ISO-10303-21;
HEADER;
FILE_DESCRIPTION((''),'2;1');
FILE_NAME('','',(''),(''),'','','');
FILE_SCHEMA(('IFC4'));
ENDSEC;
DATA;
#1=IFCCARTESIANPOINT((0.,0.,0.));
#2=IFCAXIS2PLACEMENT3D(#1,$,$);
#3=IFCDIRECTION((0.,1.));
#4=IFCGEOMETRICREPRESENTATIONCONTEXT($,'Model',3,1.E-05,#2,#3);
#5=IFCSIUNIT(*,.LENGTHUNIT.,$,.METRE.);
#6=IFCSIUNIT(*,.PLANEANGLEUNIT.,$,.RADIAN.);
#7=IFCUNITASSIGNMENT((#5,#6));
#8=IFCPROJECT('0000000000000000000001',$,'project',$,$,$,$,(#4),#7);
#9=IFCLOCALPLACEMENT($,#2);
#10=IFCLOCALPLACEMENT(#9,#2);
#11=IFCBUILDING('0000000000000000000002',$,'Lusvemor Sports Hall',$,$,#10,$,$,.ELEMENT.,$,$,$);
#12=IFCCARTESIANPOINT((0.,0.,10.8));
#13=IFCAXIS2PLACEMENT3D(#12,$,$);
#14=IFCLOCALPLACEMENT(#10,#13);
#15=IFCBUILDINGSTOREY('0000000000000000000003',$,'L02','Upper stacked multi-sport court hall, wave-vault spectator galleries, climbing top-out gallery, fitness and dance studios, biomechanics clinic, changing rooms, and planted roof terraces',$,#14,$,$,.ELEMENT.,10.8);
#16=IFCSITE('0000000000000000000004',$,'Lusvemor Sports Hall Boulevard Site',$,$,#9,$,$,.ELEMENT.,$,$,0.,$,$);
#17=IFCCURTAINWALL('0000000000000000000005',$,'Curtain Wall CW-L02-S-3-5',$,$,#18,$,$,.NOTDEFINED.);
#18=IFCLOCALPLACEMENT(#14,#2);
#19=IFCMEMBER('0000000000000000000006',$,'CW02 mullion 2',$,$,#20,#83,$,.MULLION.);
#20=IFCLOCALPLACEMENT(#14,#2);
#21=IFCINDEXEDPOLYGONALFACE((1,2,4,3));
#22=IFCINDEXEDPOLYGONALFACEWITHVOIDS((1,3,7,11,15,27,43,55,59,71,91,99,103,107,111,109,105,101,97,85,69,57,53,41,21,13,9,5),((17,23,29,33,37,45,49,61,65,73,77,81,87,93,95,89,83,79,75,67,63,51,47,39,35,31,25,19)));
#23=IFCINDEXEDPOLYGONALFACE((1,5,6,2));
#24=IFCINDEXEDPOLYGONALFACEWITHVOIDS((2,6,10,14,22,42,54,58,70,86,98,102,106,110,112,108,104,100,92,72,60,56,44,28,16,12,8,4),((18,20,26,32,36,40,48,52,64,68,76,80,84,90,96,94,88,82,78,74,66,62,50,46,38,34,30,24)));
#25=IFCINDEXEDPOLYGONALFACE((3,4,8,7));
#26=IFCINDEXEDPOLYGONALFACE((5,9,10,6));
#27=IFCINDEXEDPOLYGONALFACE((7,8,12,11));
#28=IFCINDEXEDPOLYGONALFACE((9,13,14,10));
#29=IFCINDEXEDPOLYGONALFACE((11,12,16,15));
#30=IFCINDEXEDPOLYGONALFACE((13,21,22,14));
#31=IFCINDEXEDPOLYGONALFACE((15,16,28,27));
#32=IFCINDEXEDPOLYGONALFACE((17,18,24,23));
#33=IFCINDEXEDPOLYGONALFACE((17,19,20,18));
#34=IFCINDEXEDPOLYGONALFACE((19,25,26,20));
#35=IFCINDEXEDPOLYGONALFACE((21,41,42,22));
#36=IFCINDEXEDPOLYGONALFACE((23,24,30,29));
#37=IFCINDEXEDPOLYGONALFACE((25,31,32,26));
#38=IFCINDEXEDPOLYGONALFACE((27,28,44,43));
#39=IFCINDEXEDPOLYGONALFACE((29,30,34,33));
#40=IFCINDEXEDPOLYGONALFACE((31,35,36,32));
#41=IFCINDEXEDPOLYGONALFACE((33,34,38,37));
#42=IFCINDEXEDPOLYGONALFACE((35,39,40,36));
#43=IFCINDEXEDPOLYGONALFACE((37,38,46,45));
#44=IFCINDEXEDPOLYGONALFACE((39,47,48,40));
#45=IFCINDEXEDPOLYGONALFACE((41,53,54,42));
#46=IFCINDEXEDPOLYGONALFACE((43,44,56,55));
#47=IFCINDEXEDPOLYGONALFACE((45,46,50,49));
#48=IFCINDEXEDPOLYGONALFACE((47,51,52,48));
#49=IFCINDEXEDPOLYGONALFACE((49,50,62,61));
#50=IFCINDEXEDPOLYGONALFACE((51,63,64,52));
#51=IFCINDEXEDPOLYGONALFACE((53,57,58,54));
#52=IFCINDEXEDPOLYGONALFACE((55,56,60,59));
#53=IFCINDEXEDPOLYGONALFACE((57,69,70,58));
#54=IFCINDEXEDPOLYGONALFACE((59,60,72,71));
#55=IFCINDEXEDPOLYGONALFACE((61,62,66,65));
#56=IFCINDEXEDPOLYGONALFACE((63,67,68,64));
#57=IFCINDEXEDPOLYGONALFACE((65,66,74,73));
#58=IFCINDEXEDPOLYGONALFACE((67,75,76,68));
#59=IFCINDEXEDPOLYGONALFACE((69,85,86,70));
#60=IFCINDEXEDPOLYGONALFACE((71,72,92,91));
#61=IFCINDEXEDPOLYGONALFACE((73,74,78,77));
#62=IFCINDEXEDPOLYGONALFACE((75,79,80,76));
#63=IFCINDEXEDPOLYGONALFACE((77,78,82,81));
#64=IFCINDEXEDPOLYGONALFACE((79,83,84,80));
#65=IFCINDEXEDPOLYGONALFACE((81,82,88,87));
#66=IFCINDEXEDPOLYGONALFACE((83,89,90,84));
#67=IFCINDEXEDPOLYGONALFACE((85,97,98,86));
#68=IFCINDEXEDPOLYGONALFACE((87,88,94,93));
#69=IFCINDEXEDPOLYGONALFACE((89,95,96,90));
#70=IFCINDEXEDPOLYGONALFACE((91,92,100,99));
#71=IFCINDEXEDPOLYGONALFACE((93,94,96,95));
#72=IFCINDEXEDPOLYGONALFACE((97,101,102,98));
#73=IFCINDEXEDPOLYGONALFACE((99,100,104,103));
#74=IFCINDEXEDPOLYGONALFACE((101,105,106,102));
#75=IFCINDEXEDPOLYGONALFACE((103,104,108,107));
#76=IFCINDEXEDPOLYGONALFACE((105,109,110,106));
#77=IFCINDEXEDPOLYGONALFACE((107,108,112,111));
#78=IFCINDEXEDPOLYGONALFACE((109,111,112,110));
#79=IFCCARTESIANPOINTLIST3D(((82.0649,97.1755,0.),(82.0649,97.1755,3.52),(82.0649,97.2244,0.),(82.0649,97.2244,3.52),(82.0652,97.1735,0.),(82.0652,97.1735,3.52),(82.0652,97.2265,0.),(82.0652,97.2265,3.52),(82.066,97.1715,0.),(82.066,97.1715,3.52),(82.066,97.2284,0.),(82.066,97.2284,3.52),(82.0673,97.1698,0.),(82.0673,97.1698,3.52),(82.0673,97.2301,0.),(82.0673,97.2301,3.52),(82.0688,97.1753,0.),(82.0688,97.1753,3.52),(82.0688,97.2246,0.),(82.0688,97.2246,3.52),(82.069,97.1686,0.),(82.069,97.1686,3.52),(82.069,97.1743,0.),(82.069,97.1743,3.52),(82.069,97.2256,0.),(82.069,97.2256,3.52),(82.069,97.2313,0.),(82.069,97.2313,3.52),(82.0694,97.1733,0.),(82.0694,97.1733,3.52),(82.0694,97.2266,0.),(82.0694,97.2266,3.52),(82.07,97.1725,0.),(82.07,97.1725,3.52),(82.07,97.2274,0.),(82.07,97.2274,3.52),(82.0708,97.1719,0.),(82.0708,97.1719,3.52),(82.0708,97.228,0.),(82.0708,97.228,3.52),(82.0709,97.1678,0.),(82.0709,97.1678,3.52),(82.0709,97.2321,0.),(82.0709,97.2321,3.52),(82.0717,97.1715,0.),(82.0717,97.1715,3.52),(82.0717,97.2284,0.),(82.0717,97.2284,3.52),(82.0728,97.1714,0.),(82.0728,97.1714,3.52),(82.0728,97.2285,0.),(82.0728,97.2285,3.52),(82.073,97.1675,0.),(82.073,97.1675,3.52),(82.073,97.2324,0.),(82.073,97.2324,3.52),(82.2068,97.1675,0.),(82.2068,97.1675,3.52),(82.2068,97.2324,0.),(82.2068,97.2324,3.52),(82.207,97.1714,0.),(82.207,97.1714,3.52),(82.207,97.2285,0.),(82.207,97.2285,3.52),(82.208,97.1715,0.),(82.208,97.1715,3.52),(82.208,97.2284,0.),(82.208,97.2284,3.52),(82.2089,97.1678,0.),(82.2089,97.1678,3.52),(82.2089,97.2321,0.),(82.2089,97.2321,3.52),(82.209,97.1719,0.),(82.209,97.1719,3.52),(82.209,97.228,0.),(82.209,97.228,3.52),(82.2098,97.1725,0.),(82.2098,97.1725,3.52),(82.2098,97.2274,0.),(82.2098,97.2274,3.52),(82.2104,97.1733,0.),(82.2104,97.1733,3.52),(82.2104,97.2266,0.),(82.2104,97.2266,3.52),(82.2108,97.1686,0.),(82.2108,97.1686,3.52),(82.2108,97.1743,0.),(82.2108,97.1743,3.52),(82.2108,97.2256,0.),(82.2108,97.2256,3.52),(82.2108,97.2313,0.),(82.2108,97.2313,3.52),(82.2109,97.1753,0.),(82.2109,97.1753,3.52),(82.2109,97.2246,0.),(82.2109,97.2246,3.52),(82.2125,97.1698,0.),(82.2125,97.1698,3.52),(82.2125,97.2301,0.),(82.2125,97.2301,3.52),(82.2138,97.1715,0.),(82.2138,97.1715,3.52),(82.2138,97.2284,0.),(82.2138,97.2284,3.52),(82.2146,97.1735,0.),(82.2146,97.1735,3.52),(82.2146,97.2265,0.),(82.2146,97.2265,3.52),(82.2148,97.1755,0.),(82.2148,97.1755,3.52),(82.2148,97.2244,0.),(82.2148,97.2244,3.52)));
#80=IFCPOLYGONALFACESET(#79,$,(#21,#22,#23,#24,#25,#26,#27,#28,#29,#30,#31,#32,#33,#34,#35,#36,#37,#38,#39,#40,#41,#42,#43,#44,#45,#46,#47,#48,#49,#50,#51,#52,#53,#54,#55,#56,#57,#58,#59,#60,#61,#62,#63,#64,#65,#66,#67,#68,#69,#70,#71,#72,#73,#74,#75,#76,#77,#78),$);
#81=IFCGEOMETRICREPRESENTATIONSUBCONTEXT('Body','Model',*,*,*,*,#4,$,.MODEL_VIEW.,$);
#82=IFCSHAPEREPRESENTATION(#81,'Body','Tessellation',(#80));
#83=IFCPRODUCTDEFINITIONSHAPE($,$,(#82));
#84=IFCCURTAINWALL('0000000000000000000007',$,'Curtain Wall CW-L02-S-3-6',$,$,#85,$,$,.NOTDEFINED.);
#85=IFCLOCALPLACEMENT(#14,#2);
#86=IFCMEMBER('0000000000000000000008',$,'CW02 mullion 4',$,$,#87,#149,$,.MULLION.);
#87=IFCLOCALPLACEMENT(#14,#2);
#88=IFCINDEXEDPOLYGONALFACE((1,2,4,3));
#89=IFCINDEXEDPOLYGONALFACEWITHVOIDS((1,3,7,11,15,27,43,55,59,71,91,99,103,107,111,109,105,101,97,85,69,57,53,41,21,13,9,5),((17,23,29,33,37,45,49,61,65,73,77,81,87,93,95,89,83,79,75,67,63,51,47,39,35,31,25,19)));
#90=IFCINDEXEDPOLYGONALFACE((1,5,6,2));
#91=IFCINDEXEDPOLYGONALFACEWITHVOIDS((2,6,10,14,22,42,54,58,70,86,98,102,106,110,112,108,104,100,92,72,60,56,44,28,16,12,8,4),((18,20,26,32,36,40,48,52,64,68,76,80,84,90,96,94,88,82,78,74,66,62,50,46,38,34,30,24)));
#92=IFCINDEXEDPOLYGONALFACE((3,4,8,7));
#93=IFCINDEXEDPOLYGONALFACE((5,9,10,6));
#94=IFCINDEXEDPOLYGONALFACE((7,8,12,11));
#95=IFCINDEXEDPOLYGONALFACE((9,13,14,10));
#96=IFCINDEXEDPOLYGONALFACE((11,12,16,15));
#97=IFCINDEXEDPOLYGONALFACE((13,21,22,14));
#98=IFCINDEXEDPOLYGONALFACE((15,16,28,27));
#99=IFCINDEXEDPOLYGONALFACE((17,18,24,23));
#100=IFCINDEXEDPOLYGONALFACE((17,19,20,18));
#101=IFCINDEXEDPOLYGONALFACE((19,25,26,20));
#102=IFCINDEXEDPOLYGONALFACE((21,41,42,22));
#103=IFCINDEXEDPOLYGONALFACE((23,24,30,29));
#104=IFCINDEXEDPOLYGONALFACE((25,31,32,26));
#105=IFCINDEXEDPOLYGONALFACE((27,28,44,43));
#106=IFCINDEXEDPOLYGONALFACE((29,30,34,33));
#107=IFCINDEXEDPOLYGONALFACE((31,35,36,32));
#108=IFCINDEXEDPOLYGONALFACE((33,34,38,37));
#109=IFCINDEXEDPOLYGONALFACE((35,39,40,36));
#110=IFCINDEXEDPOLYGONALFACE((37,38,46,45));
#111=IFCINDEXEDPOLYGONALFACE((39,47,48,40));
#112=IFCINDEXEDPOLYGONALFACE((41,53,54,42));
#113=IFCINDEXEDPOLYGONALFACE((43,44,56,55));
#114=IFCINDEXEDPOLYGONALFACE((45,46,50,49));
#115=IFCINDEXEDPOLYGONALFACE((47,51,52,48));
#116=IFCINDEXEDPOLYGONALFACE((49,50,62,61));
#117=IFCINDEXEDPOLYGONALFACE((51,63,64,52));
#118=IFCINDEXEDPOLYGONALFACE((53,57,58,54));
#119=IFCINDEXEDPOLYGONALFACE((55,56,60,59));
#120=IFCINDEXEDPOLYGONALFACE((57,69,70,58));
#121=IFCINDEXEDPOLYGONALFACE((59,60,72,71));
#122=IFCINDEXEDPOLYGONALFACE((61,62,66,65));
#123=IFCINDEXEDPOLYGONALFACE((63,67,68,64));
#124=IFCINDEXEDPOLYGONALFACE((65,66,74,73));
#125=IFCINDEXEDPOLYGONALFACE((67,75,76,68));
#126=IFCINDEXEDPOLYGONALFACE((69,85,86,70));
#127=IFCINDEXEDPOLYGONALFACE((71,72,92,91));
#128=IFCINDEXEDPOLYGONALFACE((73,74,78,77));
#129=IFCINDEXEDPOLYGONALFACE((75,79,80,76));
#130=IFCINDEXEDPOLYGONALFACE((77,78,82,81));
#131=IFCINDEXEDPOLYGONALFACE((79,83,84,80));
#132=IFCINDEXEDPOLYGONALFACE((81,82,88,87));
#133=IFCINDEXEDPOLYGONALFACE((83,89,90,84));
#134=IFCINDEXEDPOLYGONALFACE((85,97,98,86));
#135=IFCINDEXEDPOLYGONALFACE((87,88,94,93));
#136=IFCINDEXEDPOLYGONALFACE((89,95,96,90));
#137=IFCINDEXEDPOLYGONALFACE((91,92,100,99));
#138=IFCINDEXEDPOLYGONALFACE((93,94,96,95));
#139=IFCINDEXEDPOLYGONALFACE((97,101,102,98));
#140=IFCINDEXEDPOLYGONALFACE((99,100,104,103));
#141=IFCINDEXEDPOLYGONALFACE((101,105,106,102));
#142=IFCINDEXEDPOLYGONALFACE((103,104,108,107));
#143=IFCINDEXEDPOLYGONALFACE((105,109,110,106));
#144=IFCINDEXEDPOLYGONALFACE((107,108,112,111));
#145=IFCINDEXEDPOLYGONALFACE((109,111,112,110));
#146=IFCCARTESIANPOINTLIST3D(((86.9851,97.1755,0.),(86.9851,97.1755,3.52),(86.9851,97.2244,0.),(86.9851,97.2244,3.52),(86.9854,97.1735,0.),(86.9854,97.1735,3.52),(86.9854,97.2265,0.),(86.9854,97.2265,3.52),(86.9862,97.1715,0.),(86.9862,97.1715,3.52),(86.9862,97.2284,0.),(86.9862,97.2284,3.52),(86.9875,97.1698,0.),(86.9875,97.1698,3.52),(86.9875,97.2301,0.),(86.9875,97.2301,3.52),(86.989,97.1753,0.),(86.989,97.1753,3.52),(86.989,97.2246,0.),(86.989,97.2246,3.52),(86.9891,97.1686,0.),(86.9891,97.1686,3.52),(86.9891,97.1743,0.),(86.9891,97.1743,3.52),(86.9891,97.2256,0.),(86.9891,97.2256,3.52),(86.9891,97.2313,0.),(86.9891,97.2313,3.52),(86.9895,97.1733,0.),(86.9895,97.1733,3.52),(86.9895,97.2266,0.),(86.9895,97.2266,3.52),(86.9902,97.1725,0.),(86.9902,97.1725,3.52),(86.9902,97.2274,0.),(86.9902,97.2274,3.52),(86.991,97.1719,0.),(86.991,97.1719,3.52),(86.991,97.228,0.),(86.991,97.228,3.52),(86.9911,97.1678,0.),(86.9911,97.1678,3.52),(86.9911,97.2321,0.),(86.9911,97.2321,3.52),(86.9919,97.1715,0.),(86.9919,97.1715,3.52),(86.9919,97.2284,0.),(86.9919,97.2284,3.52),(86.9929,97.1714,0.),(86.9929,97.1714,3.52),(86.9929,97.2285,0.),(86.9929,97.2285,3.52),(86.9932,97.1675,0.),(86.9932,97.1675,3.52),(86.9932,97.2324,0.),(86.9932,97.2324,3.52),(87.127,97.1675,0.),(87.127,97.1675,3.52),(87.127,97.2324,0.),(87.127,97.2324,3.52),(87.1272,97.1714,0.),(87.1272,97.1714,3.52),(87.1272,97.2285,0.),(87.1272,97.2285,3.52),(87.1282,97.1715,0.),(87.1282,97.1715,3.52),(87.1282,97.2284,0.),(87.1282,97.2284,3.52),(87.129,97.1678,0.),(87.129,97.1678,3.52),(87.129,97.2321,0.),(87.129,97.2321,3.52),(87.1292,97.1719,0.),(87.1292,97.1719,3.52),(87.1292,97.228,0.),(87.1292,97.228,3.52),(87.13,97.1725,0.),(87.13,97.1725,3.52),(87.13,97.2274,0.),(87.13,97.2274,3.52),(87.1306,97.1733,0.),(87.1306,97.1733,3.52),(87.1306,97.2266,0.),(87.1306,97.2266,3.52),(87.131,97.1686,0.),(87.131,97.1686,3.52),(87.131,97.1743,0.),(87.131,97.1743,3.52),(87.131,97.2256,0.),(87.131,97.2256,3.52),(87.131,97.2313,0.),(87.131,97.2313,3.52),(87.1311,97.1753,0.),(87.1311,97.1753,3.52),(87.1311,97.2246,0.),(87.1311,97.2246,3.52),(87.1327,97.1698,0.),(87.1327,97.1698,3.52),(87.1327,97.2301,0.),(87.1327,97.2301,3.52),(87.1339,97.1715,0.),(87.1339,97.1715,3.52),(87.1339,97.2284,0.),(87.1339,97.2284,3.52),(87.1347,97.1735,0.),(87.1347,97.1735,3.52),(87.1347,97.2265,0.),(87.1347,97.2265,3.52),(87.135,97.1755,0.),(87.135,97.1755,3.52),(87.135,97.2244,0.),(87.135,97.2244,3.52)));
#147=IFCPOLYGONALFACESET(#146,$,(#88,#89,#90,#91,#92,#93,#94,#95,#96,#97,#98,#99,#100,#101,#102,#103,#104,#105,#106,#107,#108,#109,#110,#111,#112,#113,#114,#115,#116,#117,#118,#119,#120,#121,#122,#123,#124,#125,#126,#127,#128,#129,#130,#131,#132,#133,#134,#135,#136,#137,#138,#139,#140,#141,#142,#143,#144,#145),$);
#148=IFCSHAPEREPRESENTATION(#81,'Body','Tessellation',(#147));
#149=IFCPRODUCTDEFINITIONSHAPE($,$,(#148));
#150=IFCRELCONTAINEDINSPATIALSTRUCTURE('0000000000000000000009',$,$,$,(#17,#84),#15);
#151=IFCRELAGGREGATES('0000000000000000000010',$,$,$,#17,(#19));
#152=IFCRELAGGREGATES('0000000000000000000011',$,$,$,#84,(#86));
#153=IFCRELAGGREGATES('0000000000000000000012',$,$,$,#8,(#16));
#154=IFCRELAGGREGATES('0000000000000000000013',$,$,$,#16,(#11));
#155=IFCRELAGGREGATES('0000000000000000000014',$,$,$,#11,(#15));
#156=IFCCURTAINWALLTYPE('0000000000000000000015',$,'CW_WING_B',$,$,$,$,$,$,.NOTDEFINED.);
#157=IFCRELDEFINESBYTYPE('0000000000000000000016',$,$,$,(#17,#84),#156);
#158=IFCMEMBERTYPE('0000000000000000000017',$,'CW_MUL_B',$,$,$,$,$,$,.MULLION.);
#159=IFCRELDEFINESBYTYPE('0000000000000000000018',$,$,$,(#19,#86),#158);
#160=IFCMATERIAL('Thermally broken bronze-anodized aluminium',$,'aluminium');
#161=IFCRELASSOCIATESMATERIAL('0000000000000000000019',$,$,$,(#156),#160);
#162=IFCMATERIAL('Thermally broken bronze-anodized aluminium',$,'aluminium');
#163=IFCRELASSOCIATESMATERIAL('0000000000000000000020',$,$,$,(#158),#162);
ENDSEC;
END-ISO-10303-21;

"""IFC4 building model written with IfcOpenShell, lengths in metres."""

from ifc_helpers import new_model, si_unit, direction, frame, origin, origin_2d, place, context, subcontext, project, spatial, hollow_rectangle, extrude, material, material_profile, profile_set, type_object, element, aggregate, save


model = new_model("IFC4")

# Units and contexts
model_context = context("Model", 3, precision=1e-05, world=origin(), true_north=direction((0.0, 1.0)))
body_context = subcontext(model_context, "Body", "Model", "MODEL_VIEW")
ifc_project = project(units=[si_unit("LENGTHUNIT", "METRE"), si_unit("PLANEANGLEUNIT", "RADIAN")], contexts=[model_context])

# Site, building, storey
site_placement = place(None, origin())
site = spatial("IfcSite", under=ifc_project, at=site_placement, Name="Lusvemor Sports Hall Boulevard Site", CompositionType="ELEMENT", RefElevation=0.0)
building_placement = place(site_placement, origin())
building = spatial("IfcBuilding", under=site, at=building_placement, Name="Lusvemor Sports Hall", CompositionType="ELEMENT")
storey_placement = place(building_placement, frame((0.0, 0.0, 10.8)))
storey = spatial("IfcBuildingStorey", under=building, at=storey_placement, Name="L02", Description="Upper stacked multi-sport court hall, wave-vault spectator galleries, climbing top-out gallery, fitness and dance studios, biomechanics clinic, changing rooms, and planted roof terraces", CompositionType="ELEMENT", Elevation=10.8)

# Curtain walls, members
ifc_material_1 = material(Name="Thermally broken bronze-anodized aluminium", Category="aluminium")
curtain_wall_type = type_object("IfcCurtainWallType", Name="CW_WING_B", PredefinedType="NOTDEFINED", material=ifc_material_1)
curtain_wall_1_placement = place(storey_placement, origin())
curtain_wall_1 = element("IfcCurtainWall", 1, at=curtain_wall_1_placement, inside=storey, type_object=curtain_wall_type, Name="Curtain Wall CW-L02-S-3-5", PredefinedType="NOTDEFINED")
ifc_material_2 = material(Name="Thermally broken bronze-anodized aluminium", Category="aluminium")
ifc_material_profile_1 = material_profile(ifc_material_2, hollow_rectangle(XDim=0.0649, YDim=0.1499, WallThickness=0.0039, InnerFilletRadius=0.0039, OuterFilletRadius=0.0081, at=origin_2d()), Name="CWMUL150x65x4")
ifc_profile_set_1 = profile_set([ifc_material_profile_1], Name="Thermally broken bronze-anodized aluminium")
member_type_1 = type_object("IfcMemberType", Name="CW_MUL_B", PredefinedType="MULLION", material=ifc_profile_set_1)
member_1_placement = place(storey_placement, frame((82.1399, 97.2, 0.0), z_axis=(0.0, 0.0, 1.0), x_axis=(0.0, -1.0, 0.0)))
member_1 = element("IfcMember", 2, at=member_1_placement, type_object=member_type_1, Name="CW02 mullion 2", PredefinedType="MULLION", context=body_context, shape_type="SweptSolid", body=[
    extrude(hollow_rectangle(XDim=0.0649, YDim=0.1499, WallThickness=0.0039, InnerFilletRadius=0.0039, OuterFilletRadius=0.0081, at=origin_2d()), origin(), (0.0, 0.0, 1.0), 3.52),
])
curtain_wall_2_placement = place(storey_placement, origin())
curtain_wall_2 = element("IfcCurtainWall", 3, at=curtain_wall_2_placement, inside=storey, type_object=curtain_wall_type, Name="Curtain Wall CW-L02-S-3-6", PredefinedType="NOTDEFINED")
member_2_placement = place(storey_placement, frame((87.0601, 97.2, 0.0), z_axis=(0.0, 0.0, 1.0), x_axis=(0.0, -1.0, 0.0)))
member_2 = element("IfcMember", 4, at=member_2_placement, type_object=member_type_1, Name="CW02 mullion 4", PredefinedType="MULLION", context=body_context, shape_type="SweptSolid", body=[
    extrude(hollow_rectangle(XDim=0.0649, YDim=0.1499, WallThickness=0.0039, InnerFilletRadius=0.0039, OuterFilletRadius=0.0081, at=origin_2d()), origin(), (0.0, 0.0, 1.0), 3.52),
])

aggregate(curtain_wall_1, [member_1])
aggregate(curtain_wall_2, [member_2])

save(model, "model.ifc")
